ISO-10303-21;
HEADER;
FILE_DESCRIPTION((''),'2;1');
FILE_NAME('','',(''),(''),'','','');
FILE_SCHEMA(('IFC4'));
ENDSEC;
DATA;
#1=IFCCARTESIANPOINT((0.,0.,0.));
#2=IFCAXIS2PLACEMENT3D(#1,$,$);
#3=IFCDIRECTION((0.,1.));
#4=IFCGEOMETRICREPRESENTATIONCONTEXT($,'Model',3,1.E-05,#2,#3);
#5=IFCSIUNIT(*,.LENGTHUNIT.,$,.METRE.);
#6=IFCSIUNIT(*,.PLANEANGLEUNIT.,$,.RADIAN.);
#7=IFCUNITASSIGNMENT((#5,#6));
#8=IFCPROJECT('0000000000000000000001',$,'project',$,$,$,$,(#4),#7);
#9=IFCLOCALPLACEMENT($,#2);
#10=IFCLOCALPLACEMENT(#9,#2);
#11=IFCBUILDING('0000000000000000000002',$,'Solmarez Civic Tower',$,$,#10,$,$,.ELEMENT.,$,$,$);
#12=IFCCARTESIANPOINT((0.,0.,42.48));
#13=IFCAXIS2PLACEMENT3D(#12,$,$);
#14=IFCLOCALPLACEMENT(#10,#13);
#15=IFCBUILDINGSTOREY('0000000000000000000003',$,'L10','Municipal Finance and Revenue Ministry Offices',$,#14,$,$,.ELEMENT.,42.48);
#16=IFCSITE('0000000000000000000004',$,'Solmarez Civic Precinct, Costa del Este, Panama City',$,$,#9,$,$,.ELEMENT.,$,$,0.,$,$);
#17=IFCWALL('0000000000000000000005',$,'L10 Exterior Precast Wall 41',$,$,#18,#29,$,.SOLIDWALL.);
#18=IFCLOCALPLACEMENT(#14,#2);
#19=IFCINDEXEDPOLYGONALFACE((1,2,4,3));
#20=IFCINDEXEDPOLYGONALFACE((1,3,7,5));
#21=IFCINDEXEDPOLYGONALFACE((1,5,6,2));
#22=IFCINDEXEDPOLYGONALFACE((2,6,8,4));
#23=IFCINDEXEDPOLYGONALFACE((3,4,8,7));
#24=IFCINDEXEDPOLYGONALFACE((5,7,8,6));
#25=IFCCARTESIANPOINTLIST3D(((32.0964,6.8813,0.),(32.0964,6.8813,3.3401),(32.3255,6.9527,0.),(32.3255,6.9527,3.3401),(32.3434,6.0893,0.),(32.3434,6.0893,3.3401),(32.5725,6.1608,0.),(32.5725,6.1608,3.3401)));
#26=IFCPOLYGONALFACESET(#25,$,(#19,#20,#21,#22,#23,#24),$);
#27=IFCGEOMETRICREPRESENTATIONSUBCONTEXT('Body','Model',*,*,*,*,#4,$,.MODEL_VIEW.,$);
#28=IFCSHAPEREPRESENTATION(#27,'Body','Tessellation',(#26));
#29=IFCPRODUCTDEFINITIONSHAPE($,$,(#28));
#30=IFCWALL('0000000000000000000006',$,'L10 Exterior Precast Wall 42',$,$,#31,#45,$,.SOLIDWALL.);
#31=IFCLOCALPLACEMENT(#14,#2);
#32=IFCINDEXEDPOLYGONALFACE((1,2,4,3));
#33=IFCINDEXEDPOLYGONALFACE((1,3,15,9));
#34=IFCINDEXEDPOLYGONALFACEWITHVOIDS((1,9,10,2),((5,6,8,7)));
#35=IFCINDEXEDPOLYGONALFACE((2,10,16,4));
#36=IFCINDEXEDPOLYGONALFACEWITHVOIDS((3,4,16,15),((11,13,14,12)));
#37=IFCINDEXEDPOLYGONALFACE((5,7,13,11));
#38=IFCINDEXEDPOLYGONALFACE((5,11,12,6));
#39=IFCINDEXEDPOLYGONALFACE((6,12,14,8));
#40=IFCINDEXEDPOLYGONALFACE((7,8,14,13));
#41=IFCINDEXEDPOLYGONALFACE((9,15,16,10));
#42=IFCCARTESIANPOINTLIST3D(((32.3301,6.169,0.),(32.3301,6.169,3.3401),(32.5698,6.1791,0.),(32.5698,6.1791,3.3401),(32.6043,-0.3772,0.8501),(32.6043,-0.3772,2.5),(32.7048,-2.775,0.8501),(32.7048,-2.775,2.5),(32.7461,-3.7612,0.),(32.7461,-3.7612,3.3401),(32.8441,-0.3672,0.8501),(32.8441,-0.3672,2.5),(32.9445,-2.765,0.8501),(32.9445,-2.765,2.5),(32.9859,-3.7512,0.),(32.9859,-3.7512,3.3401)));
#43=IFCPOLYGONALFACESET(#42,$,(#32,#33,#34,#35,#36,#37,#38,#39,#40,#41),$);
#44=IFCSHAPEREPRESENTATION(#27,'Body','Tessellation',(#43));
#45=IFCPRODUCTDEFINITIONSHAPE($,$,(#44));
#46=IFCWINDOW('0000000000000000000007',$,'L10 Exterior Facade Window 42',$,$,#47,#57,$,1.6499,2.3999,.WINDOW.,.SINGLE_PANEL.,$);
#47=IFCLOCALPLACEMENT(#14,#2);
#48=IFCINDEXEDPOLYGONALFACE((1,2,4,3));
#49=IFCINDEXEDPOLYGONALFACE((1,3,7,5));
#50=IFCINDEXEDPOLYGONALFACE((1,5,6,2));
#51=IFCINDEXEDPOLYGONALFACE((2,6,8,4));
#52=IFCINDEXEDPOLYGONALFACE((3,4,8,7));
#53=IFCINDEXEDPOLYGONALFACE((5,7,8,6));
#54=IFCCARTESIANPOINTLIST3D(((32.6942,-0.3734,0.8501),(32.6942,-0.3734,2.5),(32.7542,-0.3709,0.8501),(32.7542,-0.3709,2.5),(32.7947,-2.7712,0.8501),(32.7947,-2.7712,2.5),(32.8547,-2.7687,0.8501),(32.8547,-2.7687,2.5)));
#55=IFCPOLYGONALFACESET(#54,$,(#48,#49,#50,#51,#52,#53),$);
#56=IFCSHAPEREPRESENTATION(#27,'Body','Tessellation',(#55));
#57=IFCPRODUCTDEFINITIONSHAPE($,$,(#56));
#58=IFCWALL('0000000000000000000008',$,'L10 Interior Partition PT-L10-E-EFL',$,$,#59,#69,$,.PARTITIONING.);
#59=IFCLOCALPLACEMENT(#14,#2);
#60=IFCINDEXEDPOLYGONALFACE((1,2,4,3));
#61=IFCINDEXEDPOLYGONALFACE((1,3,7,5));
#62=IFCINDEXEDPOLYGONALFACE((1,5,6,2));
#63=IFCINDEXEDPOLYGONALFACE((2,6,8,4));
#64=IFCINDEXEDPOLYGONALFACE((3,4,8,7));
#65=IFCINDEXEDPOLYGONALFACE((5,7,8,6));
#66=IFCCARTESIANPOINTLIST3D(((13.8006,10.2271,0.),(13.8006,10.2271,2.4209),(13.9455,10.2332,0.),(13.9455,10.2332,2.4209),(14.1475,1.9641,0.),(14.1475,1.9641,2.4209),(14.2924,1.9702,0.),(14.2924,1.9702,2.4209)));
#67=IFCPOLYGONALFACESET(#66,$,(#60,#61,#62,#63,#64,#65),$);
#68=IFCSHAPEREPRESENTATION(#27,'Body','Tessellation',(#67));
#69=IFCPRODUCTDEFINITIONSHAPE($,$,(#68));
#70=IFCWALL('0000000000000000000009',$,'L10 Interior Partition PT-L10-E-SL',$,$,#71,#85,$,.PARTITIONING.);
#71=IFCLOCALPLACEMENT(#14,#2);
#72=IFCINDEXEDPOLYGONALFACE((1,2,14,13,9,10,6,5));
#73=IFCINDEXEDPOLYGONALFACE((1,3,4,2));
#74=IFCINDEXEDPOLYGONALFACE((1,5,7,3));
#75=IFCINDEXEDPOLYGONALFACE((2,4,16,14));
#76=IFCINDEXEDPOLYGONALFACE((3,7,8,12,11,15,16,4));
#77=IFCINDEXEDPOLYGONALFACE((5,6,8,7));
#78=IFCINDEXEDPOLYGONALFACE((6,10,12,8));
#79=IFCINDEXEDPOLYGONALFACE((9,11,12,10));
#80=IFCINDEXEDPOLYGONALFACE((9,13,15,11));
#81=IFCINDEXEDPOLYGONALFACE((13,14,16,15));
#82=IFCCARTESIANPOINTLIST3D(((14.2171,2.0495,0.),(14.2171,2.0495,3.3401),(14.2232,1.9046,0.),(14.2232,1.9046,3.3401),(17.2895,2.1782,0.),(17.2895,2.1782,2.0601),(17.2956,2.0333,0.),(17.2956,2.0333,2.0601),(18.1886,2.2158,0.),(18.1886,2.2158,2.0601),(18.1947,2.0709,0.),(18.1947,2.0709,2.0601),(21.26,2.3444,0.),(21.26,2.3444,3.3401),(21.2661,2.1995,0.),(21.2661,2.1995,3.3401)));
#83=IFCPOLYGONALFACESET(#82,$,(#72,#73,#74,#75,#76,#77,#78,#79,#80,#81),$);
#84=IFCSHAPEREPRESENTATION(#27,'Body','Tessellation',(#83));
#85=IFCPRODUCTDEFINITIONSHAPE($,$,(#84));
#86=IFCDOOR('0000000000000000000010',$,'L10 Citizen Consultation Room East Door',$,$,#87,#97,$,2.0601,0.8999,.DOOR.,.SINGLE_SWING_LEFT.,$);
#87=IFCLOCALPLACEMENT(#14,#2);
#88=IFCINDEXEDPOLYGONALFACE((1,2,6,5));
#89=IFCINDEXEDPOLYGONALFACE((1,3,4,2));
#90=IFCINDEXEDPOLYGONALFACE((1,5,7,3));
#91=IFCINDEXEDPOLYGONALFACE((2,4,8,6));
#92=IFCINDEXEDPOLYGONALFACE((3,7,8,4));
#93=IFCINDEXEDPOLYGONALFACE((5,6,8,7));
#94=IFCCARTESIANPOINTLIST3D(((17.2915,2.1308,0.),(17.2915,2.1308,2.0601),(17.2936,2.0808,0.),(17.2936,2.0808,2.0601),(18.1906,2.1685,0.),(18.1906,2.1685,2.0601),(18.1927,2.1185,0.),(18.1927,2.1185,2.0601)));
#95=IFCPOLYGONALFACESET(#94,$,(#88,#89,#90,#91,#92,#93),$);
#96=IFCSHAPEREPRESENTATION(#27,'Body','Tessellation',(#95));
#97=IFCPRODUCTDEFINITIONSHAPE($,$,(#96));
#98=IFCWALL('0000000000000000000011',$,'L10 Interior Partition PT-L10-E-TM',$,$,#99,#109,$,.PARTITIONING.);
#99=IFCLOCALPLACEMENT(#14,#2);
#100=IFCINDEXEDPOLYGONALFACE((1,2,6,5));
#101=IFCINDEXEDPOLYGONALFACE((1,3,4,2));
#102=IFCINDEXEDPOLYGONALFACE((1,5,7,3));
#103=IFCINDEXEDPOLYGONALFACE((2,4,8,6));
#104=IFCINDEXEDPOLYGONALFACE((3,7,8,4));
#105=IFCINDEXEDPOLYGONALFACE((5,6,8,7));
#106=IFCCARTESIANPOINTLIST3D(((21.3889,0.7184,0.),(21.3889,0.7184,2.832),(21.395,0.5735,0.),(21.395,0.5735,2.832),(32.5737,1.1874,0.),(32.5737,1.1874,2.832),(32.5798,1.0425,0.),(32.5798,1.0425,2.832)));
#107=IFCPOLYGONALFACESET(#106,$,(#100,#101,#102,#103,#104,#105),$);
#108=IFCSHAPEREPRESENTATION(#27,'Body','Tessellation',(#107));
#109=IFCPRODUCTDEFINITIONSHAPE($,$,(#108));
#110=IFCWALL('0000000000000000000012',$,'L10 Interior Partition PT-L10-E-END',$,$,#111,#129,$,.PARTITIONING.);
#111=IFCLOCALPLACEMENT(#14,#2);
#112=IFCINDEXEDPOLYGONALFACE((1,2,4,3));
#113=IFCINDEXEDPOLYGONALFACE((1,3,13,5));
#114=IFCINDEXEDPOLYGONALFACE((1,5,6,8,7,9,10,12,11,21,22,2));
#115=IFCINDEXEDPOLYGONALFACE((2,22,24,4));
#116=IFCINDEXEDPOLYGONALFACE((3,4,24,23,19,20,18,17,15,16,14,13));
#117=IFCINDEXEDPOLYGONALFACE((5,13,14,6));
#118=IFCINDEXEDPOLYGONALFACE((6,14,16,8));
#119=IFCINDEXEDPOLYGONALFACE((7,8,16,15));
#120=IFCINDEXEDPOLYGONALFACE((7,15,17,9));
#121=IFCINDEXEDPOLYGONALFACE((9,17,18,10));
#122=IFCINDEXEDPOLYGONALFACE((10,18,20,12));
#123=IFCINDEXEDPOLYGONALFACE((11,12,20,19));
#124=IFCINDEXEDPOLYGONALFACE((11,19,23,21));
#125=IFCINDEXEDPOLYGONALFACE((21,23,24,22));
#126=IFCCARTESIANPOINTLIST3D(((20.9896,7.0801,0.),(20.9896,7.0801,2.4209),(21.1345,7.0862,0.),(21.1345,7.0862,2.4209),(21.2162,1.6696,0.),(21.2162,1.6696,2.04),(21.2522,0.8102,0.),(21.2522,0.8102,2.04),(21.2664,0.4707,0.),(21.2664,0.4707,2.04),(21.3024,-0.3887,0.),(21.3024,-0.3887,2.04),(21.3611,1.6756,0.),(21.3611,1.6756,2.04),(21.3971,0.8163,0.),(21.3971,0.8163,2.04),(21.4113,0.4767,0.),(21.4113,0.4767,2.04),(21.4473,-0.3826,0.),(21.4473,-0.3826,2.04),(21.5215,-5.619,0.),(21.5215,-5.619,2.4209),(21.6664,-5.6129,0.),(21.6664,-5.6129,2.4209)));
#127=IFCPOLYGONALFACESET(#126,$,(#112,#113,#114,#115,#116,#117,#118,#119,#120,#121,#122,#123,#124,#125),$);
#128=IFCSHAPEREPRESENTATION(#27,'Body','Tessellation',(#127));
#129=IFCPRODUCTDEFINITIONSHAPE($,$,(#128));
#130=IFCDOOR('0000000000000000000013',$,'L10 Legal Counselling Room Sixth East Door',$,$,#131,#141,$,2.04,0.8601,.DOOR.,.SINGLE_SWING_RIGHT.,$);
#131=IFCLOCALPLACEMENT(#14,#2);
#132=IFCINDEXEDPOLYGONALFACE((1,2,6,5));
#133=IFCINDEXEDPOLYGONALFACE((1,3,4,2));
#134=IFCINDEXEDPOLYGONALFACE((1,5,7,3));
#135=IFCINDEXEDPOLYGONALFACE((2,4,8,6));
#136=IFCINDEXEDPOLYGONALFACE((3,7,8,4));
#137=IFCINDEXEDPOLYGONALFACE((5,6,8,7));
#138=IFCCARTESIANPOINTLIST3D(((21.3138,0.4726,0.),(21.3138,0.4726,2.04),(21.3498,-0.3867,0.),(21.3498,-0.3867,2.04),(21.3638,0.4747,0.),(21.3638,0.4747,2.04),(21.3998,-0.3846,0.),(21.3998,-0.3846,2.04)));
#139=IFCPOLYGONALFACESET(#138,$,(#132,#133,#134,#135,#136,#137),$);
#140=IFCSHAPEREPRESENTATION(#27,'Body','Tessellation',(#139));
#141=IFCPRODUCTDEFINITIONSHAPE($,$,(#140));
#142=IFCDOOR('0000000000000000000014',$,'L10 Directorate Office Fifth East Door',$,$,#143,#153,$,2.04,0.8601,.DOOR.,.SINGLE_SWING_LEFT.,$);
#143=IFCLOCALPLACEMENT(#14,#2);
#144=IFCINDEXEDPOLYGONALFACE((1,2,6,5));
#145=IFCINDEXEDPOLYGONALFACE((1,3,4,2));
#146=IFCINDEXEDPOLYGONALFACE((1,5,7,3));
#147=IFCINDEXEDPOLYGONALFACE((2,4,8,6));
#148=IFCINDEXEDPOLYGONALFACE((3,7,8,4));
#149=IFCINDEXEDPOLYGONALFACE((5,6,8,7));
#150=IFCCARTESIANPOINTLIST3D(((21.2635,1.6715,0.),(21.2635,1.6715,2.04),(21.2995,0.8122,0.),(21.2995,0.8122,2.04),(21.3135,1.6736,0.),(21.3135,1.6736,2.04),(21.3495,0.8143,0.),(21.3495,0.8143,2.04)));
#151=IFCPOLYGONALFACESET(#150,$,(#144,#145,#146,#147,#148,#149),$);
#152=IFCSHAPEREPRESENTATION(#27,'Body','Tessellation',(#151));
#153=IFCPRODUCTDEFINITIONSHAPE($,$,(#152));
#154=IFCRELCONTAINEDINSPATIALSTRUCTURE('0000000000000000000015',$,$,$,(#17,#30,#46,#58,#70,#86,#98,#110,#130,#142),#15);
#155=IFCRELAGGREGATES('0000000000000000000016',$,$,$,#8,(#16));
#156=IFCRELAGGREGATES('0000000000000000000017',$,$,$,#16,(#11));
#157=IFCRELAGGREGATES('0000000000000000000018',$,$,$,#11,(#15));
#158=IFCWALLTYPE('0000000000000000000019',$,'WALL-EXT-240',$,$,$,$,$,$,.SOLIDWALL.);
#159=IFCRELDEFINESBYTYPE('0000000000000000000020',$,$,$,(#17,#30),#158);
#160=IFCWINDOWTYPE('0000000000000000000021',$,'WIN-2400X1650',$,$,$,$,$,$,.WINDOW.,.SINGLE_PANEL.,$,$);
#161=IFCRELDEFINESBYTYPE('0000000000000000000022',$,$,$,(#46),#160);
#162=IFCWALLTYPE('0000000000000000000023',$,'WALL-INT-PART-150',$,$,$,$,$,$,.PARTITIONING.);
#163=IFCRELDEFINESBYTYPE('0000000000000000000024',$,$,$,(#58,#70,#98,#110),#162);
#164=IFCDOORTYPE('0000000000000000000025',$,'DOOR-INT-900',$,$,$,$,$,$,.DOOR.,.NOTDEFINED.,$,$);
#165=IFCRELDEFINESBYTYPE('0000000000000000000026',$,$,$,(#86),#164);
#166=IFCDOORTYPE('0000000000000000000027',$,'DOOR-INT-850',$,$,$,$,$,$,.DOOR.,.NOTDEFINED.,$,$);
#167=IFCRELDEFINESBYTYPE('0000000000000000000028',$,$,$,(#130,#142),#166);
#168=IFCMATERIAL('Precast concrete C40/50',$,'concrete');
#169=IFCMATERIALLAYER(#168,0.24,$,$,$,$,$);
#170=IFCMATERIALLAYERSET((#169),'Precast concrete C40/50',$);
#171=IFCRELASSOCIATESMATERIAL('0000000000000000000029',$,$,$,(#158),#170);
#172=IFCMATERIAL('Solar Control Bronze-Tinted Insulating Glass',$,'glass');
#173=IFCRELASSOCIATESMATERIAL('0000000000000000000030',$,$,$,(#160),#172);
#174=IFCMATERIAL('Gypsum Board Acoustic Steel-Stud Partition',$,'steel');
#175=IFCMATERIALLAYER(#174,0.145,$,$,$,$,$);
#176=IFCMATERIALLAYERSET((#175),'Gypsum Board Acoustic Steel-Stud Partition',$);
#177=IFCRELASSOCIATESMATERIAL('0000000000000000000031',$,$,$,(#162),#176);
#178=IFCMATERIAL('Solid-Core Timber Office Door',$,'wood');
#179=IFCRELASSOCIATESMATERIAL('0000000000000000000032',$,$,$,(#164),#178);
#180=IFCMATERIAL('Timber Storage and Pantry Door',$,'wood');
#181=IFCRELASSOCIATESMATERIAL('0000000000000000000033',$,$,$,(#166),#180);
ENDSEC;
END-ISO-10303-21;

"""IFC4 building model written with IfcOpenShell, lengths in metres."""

from ifc_helpers import new_model, si_unit, direction, frame, frame_2d, origin, place, context, subcontext, project, spatial, rectangle, extrude, material, layer, layer_set, type_object, element, fill, save


model = new_model("IFC4")

# Units and contexts
model_context = context("Model", 3, precision=1e-05, world=origin(), true_north=direction((0.0, 1.0)))
body_context = subcontext(model_context, "Body", "Model", "MODEL_VIEW")
ifc_project = project(units=[si_unit("LENGTHUNIT", "METRE"), si_unit("PLANEANGLEUNIT", "RADIAN")], contexts=[model_context])

# Site, building, storey
site_placement = place(None, origin())
site = spatial("IfcSite", under=ifc_project, at=site_placement, Name="Solmarez Civic Precinct, Costa del Este, Panama City", CompositionType="ELEMENT", RefElevation=0.0)
building_placement = place(site_placement, origin())
building = spatial("IfcBuilding", under=site, at=building_placement, Name="Solmarez Civic Tower", CompositionType="ELEMENT")
storey_placement = place(building_placement, frame((0.0, 0.0, 42.48)))
storey = spatial("IfcBuildingStorey", under=building, at=storey_placement, Name="L10", Description="Municipal Finance and Revenue Ministry Offices", CompositionType="ELEMENT", Elevation=42.48)

# Shared definitions
ifc_material_1 = material(Name="Precast concrete C40/50", Category="concrete")
ifc_layer_1 = layer(ifc_material_1, 0.24)
ifc_layer_set_1 = layer_set([ifc_layer_1], Name="Precast concrete C40/50")
wall_type_1 = type_object("IfcWallType", Name="WALL-EXT-240", PredefinedType="SOLIDWALL", material=ifc_layer_set_1)

# Shared definitions
ifc_material_2 = material(Name="Solar Control Bronze-Tinted Insulating Glass", Category="glass")

# Wall
wall_1_placement = place(storey_placement, frame((32.2109, 6.917, 0.0), z_axis=(0.0, 0.0, 1.0), x_axis=(0.297806, -0.954626, 0.0)))
element("IfcWall", 1, at=wall_1_placement, inside=storey, type_object=wall_type_1, Name="L10 Exterior Precast Wall 41", PredefinedType="SOLIDWALL", context=body_context, shape_type="SweptSolid", body=[
    extrude(rectangle(XDim=0.8296, YDim=0.24, at=frame_2d((0.4148, 0.0))), origin(), (0.0, 0.0, 1.0), 3.3401),
])

# Wall, opening, window
wall_2_placement = place(storey_placement, frame((32.45, 6.1741, 0.0), z_axis=(0.0, 0.0, 1.0), x_axis=(0.041857, -0.999124, 0.0)))
wall_2 = element("IfcWall", 2, at=wall_2_placement, inside=storey, type_object=wall_type_1, Name="L10 Exterior Precast Wall 42", PredefinedType="SOLIDWALL", context=body_context, shape_type="SweptSolid", body=[
    extrude(rectangle(XDim=9.939, YDim=0.24, at=frame_2d((4.9695, 0.0))), origin(), (0.0, 0.0, 1.0), 3.3401),
])
opening_1_placement = place(wall_2_placement, frame((6.552, 0.0, 0.8501)))
opening_1 = element("IfcOpeningElement", 3, at=opening_1_placement, cuts=wall_2, PredefinedType="OPENING", context=body_context, shape_type="SweptSolid", body=[
    extrude(rectangle(XDim=2.3999, YDim=1.6499, at=frame_2d((1.2, 0.825))), frame((0.0, 0.1299, 0.0), z_axis=(0.0, -1.0, 0.0), x_axis=(1.0, 0.0, 0.0)), (0.0, 0.0, 1.0), 0.26),
])
window_type_1 = type_object("IfcWindowType", Name="WIN-2400X1650", PartitioningType="SINGLE_PANEL", PredefinedType="WINDOW", material=ifc_material_2)
window_1_placement = place(opening_1_placement, origin())
window_1 = element("IfcWindow", 4, at=window_1_placement, inside=storey, type_object=window_type_1, Name="L10 Exterior Facade Window 42", OverallHeight=1.6499, OverallWidth=2.3999, PartitioningType="SINGLE_PANEL", PredefinedType="WINDOW", context=body_context, shape_type="SweptSolid", body=[
    extrude(rectangle(XDim=2.3999, YDim=1.6499, at=frame_2d((1.2, 0.825))), frame((0.0, 0.03, 0.0), z_axis=(0.0, -1.0, 0.0), x_axis=(1.0, 0.0, 0.0)), (0.0, 0.0, 1.0), 0.0601),
])
fill(opening_1, window_1)

# Wall
ifc_material_3 = material(Name="Gypsum Board Acoustic Steel-Stud Partition", Category="steel")
ifc_layer_2 = layer(ifc_material_3, 0.145)
ifc_layer_set_2 = layer_set([ifc_layer_2], Name="Gypsum Board Acoustic Steel-Stud Partition")
wall_type_2 = type_object("IfcWallType", Name="WALL-INT-PART-150", PredefinedType="PARTITIONING", material=ifc_layer_set_2)
wall_3_placement = place(storey_placement, frame((14.22, 1.967, 0.0), z_axis=(0.0, 0.0, 1.0), x_axis=(-0.041949, 0.99912, 0.0)))
element("IfcWall", 5, at=wall_3_placement, inside=storey, type_object=wall_type_2, Name="L10 Interior Partition PT-L10-E-EFL", PredefinedType="PARTITIONING", context=body_context, shape_type="SweptSolid", body=[
    extrude(rectangle(XDim=8.2703, YDim=0.145, at=frame_2d((4.1353, 0.0))), origin(), (0.0, 0.0, 1.0), 2.4209),
])

# Wall, opening, door
wall_4_placement = place(storey_placement, frame((21.2629, 2.272, 0.0), z_axis=(0.0, 0.0, 1.0), x_axis=(-0.999124, -0.041838, 0.0)))
wall_4 = element("IfcWall", 6, at=wall_4_placement, inside=storey, type_object=wall_type_2, Name="L10 Interior Partition PT-L10-E-SL", PredefinedType="PARTITIONING", context=body_context, shape_type="SweptSolid", body=[
    extrude(rectangle(XDim=7.0491, YDim=0.145, at=frame_2d((3.5244, 0.0))), origin(), (0.0, 0.0, 1.0), 3.3401),
])
opening_2_placement = place(wall_4_placement, frame((3.074, 0.0, 0.0)))
opening_2 = element("IfcOpeningElement", 7, at=opening_2_placement, cuts=wall_4, PredefinedType="OPENING", context=body_context, shape_type="SweptSolid", body=[
    extrude(rectangle(XDim=0.8999, YDim=2.0601, at=frame_2d((0.45, 1.03))), frame((0.0, 0.0825, 0.0), z_axis=(0.0, -1.0, 0.0), x_axis=(1.0, 0.0, 0.0)), (0.0, 0.0, 1.0), 0.165),
])
ifc_material_4 = material(Name="Solid-Core Timber Office Door", Category="wood")
door_type_1 = type_object("IfcDoorType", Name="DOOR-INT-900", OperationType="NOTDEFINED", PredefinedType="DOOR", material=ifc_material_4)
door_1_placement = place(opening_2_placement, origin())
door_1 = element("IfcDoor", 8, at=door_1_placement, inside=storey, type_object=door_type_1, Name="L10 Citizen Consultation Room East Door", OperationType="SINGLE_SWING_LEFT", OverallHeight=2.0601, OverallWidth=0.8999, PredefinedType="DOOR", context=body_context, shape_type="SweptSolid", body=[
    extrude(rectangle(XDim=0.8999, YDim=2.0601, at=frame_2d((0.45, 1.03))), frame((0.0, 0.0249, 0.0), z_axis=(0.0, -1.0, 0.0), x_axis=(1.0, 0.0, 0.0)), (0.0, 0.0, 1.0), 0.05),
])
fill(opening_2, door_1)

# Wall
wall_5_placement = place(storey_placement, frame((21.3921, 0.646, 0.0), z_axis=(0.0, 0.0, 1.0), x_axis=(0.999122, 0.041895, 0.0)))
element("IfcWall", 9, at=wall_5_placement, inside=storey, type_object=wall_type_2, Name="L10 Interior Partition PT-L10-E-TM", PredefinedType="PARTITIONING", context=body_context, shape_type="SweptSolid", body=[
    extrude(rectangle(XDim=11.1946, YDim=0.145, at=frame_2d((5.5972, 0.0))), origin(), (0.0, 0.0, 1.0), 2.832),
])

# Wall, openings, doors
wall_6_placement = place(storey_placement, frame((21.062, 7.083, 0.0), z_axis=(0.0, 0.0, 1.0), x_axis=(0.041855, -0.999124, 0.0)))
wall_6 = element("IfcWall", 10, at=wall_6_placement, inside=storey, type_object=wall_type_2, Name="L10 Interior Partition PT-L10-E-END", PredefinedType="PARTITIONING", context=body_context, shape_type="SweptSolid", body=[
    extrude(rectangle(XDim=12.7102, YDim=0.145, at=frame_2d((6.355, 0.0))), origin(), (0.0, 0.0, 1.0), 2.4209),
])
opening_3_placement = place(wall_6_placement, frame((6.615, 0.0, 0.0)))
opening_3 = element("IfcOpeningElement", 11, at=opening_3_placement, cuts=wall_6, PredefinedType="OPENING", context=body_context, shape_type="SweptSolid", body=[
    extrude(rectangle(XDim=0.8601, YDim=2.04, at=frame_2d((0.4302, 1.02))), frame((0.0, 0.0825, 0.0), z_axis=(0.0, -1.0, 0.0), x_axis=(1.0, 0.0, 0.0)), (0.0, 0.0, 1.0), 0.165),
])
opening_4_placement = place(wall_6_placement, frame((5.415, 0.0, 0.0)))
opening_4 = element("IfcOpeningElement", 12, at=opening_4_placement, cuts=wall_6, PredefinedType="OPENING", context=body_context, shape_type="SweptSolid", body=[
    extrude(rectangle(XDim=0.8601, YDim=2.04, at=frame_2d((0.4302, 1.02))), frame((0.0, 0.0825, 0.0), z_axis=(0.0, -1.0, 0.0), x_axis=(1.0, 0.0, 0.0)), (0.0, 0.0, 1.0), 0.165),
])
ifc_material_5 = material(Name="Timber Storage and Pantry Door", Category="wood")
door_type_2 = type_object("IfcDoorType", Name="DOOR-INT-850", OperationType="NOTDEFINED", PredefinedType="DOOR", material=ifc_material_5)
door_2_placement = place(opening_3_placement, origin())
door_2 = element("IfcDoor", 13, at=door_2_placement, inside=storey, type_object=door_type_2, Name="L10 Legal Counselling Room Sixth East Door", OperationType="SINGLE_SWING_RIGHT", OverallHeight=2.04, OverallWidth=0.8601, PredefinedType="DOOR", context=body_context, shape_type="SweptSolid", body=[
    extrude(rectangle(XDim=0.8601, YDim=2.04, at=frame_2d((0.4302, 1.02))), frame((0.0, 0.0249, 0.0), z_axis=(0.0, -1.0, 0.0), x_axis=(1.0, 0.0, 0.0)), (0.0, 0.0, 1.0), 0.05),
])
fill(opening_3, door_2)
door_3_placement = place(opening_4_placement, origin())
door_3 = element("IfcDoor", 14, at=door_3_placement, inside=storey, type_object=door_type_2, Name="L10 Directorate Office Fifth East Door", OperationType="SINGLE_SWING_LEFT", OverallHeight=2.04, OverallWidth=0.8601, PredefinedType="DOOR", context=body_context, shape_type="SweptSolid", body=[
    extrude(rectangle(XDim=0.8601, YDim=2.04, at=frame_2d((0.4302, 1.02))), frame((0.0, 0.0249, 0.0), z_axis=(0.0, -1.0, 0.0), x_axis=(1.0, 0.0, 0.0)), (0.0, 0.0, 1.0), 0.05),
])
fill(opening_4, door_3)

save(model, "model.ifc")
